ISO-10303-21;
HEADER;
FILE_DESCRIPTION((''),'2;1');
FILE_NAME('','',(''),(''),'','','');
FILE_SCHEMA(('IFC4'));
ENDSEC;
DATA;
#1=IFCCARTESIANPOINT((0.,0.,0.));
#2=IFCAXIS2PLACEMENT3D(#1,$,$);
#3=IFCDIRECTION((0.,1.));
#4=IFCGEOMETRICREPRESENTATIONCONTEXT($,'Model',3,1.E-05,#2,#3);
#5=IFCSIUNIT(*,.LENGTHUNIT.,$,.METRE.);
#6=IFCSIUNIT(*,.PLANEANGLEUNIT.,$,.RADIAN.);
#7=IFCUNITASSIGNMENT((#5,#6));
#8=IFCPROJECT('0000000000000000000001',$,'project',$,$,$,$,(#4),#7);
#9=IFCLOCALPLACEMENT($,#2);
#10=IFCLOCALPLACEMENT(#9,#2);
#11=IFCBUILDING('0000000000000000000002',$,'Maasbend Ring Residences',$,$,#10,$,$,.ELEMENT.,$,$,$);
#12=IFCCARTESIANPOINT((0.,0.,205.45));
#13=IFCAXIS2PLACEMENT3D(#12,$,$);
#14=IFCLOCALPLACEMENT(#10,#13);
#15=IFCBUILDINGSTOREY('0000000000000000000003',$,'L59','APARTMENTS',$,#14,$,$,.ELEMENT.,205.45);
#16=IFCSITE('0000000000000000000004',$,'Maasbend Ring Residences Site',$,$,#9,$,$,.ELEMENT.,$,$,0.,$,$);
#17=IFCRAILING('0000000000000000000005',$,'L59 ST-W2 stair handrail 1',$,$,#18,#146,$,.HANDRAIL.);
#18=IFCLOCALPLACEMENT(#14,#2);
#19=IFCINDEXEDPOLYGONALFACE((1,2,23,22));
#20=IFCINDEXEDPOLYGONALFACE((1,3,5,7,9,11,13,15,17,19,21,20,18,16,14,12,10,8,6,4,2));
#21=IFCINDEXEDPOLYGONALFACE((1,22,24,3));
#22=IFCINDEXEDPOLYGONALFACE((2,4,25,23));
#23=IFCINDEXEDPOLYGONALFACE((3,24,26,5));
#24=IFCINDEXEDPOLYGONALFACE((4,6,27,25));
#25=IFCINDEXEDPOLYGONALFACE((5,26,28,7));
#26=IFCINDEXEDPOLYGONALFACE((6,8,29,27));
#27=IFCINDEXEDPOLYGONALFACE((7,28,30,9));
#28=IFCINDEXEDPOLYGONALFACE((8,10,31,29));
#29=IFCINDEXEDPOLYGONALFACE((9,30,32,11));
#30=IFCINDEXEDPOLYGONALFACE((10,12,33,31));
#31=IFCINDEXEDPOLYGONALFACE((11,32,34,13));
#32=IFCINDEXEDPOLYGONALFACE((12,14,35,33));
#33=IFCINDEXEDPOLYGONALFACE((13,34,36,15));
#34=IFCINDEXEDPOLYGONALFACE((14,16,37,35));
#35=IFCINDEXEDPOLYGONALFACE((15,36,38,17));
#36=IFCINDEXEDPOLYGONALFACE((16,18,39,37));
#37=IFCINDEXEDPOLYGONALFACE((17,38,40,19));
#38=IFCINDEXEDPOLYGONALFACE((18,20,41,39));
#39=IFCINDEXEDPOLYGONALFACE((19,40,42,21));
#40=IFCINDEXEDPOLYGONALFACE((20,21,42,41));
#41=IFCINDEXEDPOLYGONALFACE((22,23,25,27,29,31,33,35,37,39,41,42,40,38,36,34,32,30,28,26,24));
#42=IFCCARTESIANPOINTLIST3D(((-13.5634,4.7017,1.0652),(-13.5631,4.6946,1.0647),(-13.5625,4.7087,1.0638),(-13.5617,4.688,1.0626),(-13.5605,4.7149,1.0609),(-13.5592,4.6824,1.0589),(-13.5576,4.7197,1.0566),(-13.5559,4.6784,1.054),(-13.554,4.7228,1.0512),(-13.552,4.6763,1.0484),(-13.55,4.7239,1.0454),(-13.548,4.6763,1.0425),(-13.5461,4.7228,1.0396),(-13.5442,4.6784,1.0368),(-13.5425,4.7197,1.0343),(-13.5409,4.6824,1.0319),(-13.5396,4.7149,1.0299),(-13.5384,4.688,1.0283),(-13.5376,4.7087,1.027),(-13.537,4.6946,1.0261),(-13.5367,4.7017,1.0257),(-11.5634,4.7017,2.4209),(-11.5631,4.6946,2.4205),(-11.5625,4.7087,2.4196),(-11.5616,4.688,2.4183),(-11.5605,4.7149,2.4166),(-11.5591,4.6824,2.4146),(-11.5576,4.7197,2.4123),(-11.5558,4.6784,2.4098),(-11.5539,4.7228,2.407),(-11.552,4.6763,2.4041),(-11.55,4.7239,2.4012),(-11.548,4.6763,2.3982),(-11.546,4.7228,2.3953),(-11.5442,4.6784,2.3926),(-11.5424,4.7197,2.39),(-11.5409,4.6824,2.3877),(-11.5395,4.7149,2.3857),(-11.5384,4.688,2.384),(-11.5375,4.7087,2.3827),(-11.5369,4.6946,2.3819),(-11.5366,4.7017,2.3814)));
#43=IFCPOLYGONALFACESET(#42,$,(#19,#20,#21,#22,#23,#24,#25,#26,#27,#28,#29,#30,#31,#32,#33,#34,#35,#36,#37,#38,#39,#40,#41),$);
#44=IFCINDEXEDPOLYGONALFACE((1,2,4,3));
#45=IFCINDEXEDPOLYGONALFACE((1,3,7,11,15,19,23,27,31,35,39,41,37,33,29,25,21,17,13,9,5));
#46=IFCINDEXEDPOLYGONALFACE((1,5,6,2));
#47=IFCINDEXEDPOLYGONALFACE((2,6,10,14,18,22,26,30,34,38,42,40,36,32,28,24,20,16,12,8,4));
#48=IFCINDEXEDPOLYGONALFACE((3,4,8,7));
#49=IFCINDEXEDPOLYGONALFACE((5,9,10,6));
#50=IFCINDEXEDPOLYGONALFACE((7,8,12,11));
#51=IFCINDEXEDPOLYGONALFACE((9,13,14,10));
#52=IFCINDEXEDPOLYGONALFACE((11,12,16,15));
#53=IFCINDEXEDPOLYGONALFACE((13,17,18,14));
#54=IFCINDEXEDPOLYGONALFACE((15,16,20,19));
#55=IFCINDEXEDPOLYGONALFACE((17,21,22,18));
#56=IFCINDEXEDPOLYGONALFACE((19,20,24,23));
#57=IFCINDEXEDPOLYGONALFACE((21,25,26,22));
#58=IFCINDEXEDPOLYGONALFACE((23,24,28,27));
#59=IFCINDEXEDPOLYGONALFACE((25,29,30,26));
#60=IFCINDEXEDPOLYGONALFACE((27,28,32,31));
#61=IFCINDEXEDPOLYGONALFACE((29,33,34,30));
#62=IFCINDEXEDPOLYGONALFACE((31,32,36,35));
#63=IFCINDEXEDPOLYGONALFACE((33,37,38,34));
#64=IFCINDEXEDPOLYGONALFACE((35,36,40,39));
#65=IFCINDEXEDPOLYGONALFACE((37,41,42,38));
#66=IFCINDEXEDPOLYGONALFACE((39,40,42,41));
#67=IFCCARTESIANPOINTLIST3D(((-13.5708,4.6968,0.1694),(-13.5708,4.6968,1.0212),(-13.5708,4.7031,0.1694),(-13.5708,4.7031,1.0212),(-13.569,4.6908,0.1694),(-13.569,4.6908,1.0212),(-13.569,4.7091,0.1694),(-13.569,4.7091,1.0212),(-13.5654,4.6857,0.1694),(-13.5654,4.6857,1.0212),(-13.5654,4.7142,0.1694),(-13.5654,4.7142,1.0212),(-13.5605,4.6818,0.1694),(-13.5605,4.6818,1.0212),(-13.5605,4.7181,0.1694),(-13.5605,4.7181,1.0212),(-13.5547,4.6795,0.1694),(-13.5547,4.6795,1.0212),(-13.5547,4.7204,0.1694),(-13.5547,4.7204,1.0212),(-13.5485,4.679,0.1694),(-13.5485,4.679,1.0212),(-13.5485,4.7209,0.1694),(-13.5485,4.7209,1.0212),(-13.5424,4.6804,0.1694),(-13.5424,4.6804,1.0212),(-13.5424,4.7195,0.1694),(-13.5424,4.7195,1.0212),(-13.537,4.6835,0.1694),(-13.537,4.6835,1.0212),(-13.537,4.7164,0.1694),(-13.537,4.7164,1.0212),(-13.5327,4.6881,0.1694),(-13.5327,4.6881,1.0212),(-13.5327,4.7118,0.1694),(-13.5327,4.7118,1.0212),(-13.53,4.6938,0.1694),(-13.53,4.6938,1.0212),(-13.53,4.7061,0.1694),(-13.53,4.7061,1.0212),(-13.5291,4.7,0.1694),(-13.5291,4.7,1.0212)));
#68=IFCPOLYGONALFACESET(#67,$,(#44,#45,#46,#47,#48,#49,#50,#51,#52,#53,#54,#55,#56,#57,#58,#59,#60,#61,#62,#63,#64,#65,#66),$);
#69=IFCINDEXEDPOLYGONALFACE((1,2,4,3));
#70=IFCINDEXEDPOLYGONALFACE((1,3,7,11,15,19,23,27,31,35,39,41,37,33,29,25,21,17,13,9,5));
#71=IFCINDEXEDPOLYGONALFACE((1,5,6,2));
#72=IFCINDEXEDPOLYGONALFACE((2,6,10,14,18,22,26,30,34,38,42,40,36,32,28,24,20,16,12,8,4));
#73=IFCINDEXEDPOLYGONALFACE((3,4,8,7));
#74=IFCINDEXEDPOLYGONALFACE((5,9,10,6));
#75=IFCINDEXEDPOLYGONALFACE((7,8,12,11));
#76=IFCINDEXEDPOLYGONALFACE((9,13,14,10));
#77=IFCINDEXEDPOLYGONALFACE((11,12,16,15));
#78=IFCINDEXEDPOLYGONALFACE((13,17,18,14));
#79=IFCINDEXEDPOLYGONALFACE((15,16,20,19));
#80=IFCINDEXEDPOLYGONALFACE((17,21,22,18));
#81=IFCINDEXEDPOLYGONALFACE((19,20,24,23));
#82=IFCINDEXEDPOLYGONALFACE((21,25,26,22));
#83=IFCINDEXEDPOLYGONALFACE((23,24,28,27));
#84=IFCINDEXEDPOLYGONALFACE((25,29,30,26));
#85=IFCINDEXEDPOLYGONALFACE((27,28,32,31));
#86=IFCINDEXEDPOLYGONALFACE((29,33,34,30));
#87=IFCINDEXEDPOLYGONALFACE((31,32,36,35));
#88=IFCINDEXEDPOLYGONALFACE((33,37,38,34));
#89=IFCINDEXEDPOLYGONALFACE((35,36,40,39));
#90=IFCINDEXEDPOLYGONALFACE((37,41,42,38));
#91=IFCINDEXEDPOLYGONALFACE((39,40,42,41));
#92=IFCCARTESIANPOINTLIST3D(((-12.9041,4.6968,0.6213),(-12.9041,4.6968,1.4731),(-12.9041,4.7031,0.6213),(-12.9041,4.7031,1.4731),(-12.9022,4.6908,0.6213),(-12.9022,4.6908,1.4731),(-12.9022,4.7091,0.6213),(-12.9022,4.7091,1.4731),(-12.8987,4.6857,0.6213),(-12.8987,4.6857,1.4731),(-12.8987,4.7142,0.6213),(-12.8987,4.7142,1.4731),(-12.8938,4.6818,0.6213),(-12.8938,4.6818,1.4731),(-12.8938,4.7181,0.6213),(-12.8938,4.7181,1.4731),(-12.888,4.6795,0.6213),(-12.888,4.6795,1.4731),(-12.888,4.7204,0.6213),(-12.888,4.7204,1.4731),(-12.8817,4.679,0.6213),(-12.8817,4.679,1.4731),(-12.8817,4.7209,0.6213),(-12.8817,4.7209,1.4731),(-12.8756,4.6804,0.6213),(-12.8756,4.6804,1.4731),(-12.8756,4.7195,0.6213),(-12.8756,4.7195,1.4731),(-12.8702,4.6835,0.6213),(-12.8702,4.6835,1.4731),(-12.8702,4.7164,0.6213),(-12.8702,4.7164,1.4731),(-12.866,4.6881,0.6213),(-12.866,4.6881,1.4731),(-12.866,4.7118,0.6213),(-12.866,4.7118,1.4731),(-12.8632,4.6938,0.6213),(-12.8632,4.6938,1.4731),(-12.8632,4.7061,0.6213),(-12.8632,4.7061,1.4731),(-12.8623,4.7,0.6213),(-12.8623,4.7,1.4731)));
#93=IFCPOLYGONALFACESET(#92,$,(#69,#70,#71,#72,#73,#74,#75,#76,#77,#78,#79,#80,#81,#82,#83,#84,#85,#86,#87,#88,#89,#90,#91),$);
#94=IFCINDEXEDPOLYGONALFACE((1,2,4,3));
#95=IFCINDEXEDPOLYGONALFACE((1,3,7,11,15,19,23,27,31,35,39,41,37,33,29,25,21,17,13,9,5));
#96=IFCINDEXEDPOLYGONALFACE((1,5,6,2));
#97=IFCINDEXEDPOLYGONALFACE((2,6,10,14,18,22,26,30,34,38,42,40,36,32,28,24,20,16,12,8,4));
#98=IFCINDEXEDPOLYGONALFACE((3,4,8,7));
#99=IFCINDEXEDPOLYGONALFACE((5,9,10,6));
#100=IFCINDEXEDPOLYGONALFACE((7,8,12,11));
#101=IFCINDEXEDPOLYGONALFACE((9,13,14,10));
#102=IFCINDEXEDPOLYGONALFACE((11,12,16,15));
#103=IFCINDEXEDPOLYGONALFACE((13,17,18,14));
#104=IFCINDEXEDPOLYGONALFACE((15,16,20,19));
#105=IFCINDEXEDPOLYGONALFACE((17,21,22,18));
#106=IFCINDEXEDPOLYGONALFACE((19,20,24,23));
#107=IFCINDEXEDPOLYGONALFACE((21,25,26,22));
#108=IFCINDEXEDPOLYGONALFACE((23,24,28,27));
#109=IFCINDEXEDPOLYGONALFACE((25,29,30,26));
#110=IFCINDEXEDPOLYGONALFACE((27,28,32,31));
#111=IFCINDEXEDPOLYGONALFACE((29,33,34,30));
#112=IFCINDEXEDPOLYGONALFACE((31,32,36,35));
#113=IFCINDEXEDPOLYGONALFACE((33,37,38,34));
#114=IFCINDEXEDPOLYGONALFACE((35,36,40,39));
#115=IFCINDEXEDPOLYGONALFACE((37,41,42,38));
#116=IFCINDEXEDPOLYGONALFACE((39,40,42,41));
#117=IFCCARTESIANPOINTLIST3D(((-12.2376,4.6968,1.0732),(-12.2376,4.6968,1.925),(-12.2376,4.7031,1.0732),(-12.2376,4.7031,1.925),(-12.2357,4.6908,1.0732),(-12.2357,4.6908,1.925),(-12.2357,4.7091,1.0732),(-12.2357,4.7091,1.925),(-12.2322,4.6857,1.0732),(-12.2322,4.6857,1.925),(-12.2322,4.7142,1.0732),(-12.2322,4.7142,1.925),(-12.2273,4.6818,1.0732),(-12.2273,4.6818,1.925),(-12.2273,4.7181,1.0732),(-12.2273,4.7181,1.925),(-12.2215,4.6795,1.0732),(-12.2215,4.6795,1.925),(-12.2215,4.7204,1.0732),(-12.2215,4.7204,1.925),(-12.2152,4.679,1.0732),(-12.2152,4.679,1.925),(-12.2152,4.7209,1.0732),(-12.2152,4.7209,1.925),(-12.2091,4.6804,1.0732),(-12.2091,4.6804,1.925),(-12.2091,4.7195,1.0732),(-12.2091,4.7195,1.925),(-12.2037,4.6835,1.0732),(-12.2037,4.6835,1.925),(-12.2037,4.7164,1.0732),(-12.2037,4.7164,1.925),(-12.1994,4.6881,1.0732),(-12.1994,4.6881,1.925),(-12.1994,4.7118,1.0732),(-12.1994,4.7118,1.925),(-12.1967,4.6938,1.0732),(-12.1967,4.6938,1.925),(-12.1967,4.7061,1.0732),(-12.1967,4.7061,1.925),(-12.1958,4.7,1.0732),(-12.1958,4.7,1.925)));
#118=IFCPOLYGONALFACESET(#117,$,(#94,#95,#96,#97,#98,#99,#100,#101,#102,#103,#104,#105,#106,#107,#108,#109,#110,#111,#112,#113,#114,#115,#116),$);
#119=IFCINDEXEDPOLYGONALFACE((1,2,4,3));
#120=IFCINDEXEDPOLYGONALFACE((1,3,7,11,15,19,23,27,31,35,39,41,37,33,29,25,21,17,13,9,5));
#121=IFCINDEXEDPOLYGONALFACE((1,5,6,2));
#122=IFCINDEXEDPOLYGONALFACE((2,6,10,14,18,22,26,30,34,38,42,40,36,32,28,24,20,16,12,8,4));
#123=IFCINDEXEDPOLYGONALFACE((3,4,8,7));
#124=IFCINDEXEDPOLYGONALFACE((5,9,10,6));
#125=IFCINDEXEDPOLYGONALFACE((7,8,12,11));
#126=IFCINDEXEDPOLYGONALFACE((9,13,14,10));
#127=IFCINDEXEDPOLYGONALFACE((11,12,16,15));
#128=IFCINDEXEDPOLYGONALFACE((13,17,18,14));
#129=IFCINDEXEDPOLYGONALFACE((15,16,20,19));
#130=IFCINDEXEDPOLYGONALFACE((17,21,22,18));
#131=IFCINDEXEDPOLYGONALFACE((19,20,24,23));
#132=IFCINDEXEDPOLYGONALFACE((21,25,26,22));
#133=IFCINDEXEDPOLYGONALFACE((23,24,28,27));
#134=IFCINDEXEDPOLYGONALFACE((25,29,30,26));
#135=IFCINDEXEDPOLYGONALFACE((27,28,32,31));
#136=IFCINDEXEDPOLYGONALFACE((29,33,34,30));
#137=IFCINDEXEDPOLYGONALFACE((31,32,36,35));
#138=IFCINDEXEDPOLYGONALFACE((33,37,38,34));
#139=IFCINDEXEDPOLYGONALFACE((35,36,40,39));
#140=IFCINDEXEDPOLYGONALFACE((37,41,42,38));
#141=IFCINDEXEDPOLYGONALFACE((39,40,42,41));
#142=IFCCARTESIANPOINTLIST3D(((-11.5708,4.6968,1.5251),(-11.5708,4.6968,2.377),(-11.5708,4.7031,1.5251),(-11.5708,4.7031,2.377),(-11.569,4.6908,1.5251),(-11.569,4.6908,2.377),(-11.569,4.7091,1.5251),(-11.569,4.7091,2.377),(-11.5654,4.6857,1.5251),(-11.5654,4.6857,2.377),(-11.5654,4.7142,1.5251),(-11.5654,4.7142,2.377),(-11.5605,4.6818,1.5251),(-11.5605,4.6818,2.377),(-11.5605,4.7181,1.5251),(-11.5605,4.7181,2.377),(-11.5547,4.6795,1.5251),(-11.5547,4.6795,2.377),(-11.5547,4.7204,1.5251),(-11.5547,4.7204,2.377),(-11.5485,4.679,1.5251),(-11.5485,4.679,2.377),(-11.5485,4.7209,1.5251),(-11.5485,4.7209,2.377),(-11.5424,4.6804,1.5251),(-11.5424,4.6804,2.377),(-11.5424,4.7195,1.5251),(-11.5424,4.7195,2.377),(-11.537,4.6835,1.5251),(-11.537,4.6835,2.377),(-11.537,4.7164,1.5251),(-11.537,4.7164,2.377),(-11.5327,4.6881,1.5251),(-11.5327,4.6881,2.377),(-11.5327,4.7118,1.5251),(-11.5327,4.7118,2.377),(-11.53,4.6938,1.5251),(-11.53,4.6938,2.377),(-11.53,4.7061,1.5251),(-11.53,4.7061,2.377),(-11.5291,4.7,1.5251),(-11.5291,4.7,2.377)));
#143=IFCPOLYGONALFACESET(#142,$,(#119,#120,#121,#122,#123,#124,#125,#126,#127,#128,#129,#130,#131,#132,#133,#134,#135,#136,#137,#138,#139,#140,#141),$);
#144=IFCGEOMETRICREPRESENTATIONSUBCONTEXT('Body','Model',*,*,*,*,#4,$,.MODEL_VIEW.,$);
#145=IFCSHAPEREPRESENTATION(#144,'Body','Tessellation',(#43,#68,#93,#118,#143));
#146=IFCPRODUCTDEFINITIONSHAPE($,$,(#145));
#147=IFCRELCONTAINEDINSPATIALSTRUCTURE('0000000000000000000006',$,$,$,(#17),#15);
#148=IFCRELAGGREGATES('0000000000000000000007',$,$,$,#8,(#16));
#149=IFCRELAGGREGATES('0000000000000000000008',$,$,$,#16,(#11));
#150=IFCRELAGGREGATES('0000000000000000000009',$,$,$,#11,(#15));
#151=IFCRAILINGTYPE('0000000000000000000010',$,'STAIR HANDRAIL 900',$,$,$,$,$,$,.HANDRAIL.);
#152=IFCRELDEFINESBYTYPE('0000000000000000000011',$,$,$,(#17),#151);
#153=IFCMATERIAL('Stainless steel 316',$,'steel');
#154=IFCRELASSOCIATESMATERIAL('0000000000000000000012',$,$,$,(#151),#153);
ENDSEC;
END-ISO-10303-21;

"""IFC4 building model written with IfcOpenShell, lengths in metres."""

from ifc_helpers import new_model, si_unit, direction, frame, origin, origin_2d, place, context, subcontext, project, spatial, circle, extrude, material, type_object, element, save


model = new_model("IFC4")

# Units and contexts
model_context = context("Model", 3, precision=1e-05, world=origin(), true_north=direction((0.0, 1.0)))
body_context = subcontext(model_context, "Body", "Model", "MODEL_VIEW")
ifc_project = project(units=[si_unit("LENGTHUNIT", "METRE"), si_unit("PLANEANGLEUNIT", "RADIAN")], contexts=[model_context])

# Site, building, storey
site_placement = place(None, origin())
site = spatial("IfcSite", under=ifc_project, at=site_placement, Name="Maasbend Ring Residences Site", CompositionType="ELEMENT", RefElevation=0.0)
building_placement = place(site_placement, origin())
building = spatial("IfcBuilding", under=site, at=building_placement, Name="Maasbend Ring Residences", CompositionType="ELEMENT")
storey_placement = place(building_placement, frame((0.0, 0.0, 205.45)))
storey = spatial("IfcBuildingStorey", under=building, at=storey_placement, Name="L59", Description="APARTMENTS", CompositionType="ELEMENT", Elevation=205.45)

# Railing
ifc_material_1 = material(Name="Stainless steel 316", Category="steel")
railing_type = type_object("IfcRailingType", Name="STAIR HANDRAIL 900", PredefinedType="HANDRAIL", material=ifc_material_1)
railing_1_placement = place(storey_placement, frame((-13.55, 4.7, 0.1694)))
element("IfcRailing", 1, at=railing_1_placement, inside=storey, type_object=railing_type, Name="L59 ST-W2 stair handrail 1", PredefinedType="HANDRAIL", context=body_context, shape_type="SweptSolid", body=[
    extrude(circle(Radius=0.0239, at=origin_2d()), frame((0.0, 0.0, 0.876), z_axis=(0.827751, 0.0, 0.561096), x_axis=(0.0, 1.0, 0.0)), (0.0, 0.0, 1.0), 2.4163),
    extrude(circle(Radius=0.021, at=origin_2d()), origin(), (0.0, 0.0, 1.0), 0.8518),
    extrude(circle(Radius=0.021, at=origin_2d()), frame((0.6667, 0.0, 0.4519)), (0.0, 0.0, 1.0), 0.8518),
    extrude(circle(Radius=0.021, at=origin_2d()), frame((1.3333, 0.0, 0.9038)), (0.0, 0.0, 1.0), 0.8518),
    extrude(circle(Radius=0.021, at=origin_2d()), frame((2.0, 0.0, 1.3557)), (0.0, 0.0, 1.0), 0.8518),
])

save(model, "model.ifc")
